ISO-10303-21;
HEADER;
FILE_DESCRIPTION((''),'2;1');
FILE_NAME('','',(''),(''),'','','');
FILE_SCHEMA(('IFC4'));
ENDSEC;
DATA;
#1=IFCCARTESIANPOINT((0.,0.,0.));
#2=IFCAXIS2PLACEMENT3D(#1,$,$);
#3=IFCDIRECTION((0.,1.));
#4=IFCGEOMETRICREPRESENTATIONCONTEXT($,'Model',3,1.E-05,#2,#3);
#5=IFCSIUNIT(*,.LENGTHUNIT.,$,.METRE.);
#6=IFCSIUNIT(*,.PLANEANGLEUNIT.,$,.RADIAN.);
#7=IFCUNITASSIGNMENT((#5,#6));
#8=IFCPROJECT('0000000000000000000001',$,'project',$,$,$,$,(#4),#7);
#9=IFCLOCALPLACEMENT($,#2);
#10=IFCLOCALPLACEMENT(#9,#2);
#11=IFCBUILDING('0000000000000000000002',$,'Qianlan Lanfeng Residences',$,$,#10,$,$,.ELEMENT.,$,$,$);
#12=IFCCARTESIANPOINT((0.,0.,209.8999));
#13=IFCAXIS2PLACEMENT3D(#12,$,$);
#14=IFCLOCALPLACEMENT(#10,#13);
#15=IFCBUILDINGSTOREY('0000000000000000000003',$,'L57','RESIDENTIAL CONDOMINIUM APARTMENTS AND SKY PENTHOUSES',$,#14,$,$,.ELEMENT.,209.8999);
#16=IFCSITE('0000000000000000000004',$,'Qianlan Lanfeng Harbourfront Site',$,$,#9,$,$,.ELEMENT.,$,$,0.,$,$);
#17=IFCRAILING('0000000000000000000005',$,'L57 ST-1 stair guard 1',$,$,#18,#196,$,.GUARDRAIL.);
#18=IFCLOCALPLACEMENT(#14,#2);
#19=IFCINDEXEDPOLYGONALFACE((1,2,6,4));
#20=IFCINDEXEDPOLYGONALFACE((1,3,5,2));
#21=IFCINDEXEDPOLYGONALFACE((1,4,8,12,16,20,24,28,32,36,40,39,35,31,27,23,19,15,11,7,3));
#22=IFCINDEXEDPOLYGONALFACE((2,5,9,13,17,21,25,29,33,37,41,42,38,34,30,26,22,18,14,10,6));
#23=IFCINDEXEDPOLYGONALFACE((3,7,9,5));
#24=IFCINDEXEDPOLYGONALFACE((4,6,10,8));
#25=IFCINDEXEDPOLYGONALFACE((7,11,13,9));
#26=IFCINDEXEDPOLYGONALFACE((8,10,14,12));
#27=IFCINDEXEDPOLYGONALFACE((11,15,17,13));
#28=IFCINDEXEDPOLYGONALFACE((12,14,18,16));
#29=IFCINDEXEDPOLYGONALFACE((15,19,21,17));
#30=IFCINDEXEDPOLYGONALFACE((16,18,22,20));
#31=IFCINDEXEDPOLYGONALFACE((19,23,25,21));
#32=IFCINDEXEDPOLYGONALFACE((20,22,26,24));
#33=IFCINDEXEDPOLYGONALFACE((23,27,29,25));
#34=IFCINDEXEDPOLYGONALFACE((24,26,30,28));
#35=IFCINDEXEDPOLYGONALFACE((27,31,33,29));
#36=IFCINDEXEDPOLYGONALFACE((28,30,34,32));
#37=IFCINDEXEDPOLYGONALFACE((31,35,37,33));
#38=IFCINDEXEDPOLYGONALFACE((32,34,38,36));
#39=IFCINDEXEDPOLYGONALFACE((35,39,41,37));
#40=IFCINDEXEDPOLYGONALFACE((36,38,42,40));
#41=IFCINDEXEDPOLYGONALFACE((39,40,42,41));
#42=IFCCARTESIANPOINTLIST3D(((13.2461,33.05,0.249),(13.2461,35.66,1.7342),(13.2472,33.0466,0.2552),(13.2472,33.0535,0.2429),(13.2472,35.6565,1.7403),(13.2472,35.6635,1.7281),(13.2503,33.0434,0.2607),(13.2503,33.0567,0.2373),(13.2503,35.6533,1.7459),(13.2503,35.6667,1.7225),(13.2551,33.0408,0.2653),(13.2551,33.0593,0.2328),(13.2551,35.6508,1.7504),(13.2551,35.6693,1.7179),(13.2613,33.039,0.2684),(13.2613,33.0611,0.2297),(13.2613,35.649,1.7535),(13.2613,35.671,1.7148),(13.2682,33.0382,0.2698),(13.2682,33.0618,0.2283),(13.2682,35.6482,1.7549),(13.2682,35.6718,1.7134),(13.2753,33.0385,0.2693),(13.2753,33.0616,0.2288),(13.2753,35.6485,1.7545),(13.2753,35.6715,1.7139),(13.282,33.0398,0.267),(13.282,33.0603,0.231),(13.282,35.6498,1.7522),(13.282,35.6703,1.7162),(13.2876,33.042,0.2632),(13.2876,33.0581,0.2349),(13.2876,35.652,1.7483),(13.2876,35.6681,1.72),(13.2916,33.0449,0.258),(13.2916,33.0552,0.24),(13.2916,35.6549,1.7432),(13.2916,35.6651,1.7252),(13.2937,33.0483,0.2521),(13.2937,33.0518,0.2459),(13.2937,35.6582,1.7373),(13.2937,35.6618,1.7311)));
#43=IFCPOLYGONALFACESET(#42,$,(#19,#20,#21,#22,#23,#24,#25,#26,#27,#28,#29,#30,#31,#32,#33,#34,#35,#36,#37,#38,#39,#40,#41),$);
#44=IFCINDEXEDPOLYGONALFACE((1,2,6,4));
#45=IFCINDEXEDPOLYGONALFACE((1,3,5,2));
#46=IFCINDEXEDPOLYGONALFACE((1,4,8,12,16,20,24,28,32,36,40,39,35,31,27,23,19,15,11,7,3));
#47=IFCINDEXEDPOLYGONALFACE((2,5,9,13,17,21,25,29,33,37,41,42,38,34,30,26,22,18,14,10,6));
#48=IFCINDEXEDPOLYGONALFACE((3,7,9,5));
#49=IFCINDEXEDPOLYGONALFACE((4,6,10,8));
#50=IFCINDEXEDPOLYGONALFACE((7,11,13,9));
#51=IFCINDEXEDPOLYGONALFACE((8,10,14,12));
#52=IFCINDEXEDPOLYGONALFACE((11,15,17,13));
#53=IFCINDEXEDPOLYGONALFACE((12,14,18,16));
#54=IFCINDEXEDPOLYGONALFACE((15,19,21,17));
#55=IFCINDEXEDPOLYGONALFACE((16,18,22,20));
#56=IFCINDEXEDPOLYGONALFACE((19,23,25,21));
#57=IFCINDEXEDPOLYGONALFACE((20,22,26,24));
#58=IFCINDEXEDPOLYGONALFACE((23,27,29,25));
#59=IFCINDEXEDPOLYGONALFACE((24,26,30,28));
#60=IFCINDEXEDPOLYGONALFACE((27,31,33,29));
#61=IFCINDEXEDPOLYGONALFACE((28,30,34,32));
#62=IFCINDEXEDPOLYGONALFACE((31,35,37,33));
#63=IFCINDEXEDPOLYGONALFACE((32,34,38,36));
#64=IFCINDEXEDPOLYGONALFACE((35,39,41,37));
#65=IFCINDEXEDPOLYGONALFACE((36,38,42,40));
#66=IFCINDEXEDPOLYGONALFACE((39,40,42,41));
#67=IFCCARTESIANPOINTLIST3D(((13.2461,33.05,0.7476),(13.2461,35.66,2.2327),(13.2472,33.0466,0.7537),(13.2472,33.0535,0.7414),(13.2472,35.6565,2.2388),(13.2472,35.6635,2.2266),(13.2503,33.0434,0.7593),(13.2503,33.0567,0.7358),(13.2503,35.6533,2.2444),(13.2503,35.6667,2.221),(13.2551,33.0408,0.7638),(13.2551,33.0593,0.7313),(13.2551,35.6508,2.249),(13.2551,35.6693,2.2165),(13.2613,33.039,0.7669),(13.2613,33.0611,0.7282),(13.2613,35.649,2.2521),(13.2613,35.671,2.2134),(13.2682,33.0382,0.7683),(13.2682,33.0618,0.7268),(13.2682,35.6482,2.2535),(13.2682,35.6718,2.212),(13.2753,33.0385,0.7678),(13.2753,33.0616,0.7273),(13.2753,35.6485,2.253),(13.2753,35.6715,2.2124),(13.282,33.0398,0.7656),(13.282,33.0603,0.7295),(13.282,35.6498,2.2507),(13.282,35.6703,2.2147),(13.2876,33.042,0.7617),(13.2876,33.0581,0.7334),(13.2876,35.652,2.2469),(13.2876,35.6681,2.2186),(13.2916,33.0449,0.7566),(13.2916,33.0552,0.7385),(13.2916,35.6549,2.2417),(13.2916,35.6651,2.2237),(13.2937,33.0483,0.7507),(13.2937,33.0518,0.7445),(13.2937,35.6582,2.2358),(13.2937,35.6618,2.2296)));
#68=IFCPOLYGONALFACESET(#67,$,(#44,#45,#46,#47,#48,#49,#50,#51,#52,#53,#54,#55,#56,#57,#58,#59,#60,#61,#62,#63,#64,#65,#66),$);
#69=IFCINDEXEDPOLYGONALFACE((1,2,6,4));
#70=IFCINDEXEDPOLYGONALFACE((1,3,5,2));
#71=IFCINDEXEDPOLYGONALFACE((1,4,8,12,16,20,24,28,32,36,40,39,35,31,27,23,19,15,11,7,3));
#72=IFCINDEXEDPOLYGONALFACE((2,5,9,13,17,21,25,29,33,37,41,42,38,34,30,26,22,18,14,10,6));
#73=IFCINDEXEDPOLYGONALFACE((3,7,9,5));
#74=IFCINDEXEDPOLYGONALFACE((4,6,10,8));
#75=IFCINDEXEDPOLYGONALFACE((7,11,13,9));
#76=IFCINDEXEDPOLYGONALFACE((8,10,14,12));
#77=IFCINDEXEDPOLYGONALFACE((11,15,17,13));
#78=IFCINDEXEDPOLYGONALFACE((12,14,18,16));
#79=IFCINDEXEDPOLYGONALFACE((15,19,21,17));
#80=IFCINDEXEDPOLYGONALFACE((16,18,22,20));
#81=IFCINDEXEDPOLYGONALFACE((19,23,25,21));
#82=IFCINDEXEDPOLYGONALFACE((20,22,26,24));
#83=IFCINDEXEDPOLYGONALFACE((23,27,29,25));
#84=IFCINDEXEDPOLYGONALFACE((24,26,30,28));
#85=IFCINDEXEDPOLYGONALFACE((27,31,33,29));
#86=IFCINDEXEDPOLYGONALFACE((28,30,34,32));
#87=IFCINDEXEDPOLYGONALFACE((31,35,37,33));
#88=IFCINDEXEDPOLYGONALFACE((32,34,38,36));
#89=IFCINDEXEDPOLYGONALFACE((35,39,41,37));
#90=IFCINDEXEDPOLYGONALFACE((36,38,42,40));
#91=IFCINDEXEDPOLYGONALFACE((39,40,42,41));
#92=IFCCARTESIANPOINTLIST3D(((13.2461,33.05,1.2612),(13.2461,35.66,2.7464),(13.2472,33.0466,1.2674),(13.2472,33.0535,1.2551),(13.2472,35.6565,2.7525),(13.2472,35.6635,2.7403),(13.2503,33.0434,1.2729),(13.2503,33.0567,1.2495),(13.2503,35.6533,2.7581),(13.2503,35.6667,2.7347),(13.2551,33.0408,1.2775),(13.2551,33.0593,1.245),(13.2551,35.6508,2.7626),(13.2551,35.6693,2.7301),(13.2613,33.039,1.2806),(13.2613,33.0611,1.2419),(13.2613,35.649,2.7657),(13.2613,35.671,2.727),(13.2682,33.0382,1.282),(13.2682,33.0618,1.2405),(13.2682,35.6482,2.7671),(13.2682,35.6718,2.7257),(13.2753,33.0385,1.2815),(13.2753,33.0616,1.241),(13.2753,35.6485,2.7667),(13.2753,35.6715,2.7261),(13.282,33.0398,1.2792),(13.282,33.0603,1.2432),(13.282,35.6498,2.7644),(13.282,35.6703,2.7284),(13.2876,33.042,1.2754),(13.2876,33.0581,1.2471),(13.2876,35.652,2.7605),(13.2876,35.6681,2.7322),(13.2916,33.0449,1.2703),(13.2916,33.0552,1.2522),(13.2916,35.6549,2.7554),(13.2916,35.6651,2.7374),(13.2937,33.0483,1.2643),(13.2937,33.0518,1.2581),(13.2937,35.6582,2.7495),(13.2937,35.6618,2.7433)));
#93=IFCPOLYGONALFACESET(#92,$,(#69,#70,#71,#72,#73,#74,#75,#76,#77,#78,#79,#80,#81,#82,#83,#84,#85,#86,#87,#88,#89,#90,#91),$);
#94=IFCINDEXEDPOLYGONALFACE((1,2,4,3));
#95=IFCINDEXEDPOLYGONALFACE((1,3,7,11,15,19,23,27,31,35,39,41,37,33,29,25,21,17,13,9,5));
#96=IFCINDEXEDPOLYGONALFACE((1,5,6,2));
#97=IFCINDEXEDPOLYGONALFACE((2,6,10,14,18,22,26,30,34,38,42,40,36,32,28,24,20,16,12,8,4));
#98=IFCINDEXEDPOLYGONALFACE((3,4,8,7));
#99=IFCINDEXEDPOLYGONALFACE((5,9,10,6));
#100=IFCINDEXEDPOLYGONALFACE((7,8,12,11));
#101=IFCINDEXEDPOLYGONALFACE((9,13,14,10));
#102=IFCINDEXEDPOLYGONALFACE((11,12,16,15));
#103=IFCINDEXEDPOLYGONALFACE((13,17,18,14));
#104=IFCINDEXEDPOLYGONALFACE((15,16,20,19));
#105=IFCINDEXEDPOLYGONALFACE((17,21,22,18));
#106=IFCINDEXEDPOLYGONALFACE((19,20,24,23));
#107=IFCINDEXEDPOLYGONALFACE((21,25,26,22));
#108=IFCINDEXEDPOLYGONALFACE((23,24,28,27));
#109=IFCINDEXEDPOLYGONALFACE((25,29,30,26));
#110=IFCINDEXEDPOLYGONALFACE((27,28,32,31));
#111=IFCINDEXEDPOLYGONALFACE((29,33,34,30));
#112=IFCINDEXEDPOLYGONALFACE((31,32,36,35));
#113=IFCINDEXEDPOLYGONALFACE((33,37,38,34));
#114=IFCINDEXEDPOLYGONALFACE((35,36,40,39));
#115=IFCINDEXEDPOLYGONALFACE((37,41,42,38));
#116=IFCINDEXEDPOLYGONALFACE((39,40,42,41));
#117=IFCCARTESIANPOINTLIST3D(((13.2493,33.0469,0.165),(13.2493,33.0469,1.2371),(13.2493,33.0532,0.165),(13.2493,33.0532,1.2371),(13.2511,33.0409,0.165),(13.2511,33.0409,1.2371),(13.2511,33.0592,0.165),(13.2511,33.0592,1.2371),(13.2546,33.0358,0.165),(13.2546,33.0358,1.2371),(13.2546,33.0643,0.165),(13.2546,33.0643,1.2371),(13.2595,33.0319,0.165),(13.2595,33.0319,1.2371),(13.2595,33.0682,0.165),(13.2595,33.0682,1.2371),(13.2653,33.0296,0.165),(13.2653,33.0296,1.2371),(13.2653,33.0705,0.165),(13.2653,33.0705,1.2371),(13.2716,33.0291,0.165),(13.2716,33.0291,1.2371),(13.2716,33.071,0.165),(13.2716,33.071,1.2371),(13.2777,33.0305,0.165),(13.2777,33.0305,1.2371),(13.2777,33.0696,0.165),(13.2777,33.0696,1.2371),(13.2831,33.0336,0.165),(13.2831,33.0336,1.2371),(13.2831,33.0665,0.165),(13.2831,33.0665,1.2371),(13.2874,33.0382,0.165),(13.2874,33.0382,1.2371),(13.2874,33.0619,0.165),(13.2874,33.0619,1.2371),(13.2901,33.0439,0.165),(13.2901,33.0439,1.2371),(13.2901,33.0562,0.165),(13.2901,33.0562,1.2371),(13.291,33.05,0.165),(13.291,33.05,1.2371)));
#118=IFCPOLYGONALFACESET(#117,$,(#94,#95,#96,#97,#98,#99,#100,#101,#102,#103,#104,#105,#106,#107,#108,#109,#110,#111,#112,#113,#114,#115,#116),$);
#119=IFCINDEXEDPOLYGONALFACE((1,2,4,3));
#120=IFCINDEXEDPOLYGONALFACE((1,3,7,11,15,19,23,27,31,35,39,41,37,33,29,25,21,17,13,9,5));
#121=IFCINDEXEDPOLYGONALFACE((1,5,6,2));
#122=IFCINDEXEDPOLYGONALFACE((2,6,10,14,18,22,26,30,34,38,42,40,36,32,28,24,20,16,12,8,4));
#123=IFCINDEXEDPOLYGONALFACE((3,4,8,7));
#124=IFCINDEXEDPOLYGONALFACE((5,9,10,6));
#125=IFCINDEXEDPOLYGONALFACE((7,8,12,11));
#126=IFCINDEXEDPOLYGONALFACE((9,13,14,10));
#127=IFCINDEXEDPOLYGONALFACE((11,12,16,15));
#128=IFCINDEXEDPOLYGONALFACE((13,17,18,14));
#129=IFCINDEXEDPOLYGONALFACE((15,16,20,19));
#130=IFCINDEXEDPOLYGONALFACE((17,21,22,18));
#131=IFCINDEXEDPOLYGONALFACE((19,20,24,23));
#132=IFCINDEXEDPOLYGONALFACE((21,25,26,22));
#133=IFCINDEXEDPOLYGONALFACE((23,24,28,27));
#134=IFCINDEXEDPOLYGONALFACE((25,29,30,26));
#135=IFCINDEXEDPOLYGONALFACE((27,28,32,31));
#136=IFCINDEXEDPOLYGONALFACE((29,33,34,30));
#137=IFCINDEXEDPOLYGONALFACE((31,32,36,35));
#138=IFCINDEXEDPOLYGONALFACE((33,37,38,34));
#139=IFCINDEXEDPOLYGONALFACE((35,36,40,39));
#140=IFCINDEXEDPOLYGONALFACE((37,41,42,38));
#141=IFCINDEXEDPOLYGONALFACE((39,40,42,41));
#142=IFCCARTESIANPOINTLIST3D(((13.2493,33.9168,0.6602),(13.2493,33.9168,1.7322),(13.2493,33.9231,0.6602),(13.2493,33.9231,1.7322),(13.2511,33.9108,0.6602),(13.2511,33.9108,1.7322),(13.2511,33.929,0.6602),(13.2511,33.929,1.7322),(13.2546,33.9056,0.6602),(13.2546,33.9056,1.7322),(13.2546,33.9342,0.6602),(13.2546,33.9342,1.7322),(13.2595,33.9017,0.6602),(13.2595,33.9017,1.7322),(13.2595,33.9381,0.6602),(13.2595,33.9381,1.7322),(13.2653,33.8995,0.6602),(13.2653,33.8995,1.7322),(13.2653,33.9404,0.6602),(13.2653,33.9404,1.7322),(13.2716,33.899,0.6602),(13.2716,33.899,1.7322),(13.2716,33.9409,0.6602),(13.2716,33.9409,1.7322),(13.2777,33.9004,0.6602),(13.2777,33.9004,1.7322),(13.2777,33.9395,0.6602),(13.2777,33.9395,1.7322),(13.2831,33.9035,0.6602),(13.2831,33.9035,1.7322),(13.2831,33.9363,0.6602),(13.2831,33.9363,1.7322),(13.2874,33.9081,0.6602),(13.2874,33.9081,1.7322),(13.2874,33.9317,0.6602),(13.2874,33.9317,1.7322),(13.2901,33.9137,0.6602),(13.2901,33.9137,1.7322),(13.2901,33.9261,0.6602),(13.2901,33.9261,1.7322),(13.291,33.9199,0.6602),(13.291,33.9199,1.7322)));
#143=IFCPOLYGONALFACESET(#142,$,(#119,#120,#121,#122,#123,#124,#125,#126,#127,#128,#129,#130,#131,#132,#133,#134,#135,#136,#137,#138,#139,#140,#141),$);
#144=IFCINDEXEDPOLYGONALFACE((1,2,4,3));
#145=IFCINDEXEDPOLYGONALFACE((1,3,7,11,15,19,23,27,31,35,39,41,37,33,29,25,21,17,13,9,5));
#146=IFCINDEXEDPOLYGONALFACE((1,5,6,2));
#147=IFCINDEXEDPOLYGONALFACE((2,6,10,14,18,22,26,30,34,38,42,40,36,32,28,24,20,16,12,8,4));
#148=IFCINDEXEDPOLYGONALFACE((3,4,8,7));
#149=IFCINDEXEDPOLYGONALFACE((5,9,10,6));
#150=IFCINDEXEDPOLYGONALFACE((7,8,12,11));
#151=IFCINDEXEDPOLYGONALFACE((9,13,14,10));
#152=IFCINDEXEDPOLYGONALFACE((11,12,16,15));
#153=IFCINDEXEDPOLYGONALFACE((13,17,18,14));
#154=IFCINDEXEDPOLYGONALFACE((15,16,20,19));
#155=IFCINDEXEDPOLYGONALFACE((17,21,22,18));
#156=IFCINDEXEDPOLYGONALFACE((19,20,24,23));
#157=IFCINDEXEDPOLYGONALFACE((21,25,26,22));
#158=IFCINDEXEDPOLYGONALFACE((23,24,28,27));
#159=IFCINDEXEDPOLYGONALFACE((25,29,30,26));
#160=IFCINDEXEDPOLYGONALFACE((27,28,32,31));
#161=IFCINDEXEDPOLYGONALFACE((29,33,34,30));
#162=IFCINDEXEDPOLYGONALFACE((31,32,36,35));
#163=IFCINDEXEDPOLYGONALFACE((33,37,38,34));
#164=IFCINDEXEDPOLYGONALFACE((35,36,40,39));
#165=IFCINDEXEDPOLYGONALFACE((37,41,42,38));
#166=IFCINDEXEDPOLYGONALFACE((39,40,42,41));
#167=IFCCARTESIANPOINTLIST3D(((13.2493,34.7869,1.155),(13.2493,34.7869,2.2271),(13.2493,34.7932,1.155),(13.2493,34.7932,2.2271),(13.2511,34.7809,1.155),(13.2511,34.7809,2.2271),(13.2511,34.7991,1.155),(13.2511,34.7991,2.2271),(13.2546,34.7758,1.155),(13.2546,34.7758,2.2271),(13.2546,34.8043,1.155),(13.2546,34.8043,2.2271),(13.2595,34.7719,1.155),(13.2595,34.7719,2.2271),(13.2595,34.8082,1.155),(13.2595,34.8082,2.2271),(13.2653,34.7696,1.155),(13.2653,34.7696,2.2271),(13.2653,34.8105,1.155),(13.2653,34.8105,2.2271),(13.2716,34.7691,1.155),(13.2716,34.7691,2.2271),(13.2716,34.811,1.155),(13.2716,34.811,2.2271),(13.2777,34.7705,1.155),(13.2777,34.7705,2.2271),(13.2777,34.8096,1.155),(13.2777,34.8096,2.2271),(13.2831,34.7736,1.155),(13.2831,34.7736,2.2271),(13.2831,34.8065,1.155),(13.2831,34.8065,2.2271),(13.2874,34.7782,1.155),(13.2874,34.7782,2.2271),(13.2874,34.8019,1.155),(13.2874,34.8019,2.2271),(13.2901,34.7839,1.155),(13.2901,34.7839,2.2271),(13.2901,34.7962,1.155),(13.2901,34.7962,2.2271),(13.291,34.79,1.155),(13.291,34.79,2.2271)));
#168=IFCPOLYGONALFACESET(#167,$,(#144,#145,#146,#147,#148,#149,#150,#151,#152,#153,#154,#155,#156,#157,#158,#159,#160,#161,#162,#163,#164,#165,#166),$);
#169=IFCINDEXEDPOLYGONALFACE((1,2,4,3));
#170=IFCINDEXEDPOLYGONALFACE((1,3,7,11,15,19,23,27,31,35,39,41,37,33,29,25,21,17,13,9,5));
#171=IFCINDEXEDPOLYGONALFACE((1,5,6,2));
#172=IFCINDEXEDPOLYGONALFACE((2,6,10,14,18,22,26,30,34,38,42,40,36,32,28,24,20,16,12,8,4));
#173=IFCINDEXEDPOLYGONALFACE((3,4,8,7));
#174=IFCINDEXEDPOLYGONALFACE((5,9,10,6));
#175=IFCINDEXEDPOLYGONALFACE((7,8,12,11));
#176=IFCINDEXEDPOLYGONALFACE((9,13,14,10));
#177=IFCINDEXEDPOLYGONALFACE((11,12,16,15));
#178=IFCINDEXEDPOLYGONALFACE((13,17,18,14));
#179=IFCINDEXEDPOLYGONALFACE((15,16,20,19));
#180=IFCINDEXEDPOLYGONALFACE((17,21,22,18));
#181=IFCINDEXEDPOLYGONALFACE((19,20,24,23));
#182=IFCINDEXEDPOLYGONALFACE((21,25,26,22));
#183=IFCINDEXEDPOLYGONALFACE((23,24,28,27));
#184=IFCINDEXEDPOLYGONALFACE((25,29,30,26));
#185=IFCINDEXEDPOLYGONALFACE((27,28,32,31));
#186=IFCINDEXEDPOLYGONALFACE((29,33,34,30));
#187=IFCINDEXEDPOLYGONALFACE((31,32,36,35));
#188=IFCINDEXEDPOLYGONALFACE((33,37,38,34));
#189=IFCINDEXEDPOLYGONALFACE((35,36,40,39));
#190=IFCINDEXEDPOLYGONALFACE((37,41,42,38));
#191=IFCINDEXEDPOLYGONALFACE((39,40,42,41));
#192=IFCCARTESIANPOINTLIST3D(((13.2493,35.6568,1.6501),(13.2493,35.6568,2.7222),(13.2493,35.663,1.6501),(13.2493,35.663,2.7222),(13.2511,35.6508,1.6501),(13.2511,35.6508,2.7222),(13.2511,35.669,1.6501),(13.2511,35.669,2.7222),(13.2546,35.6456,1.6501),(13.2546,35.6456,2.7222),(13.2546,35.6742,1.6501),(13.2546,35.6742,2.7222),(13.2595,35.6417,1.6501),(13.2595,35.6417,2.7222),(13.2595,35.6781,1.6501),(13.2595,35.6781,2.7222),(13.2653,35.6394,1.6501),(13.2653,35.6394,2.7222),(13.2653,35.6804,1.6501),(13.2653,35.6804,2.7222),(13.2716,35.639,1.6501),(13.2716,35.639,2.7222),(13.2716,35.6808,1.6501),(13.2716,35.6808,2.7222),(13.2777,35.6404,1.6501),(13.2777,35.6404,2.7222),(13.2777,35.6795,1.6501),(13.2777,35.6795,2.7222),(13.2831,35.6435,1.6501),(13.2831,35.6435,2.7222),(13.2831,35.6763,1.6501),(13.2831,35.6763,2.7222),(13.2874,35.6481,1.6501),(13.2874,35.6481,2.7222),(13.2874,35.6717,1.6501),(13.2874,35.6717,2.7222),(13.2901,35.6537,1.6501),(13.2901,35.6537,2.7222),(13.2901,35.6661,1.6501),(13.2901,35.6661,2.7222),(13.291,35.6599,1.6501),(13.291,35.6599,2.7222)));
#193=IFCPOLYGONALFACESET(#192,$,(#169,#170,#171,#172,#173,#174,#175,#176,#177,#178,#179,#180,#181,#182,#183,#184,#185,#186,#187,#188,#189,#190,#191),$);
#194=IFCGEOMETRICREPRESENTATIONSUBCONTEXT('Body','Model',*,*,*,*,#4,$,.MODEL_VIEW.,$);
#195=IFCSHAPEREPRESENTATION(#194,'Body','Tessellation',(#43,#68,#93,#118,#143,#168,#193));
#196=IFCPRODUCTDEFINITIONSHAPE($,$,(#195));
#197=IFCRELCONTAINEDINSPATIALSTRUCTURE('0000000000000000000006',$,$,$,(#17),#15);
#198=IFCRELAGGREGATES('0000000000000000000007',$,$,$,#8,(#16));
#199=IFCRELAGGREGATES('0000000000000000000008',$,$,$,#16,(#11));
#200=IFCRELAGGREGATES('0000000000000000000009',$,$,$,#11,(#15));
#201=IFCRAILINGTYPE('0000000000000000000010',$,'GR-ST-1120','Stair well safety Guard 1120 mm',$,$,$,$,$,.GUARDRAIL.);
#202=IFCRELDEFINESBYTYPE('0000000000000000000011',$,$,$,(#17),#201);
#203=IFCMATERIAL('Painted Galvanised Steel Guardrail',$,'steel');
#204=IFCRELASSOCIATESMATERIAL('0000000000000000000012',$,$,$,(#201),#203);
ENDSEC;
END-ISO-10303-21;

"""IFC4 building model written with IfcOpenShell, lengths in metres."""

from ifc_helpers import new_model, si_unit, direction, frame, origin, origin_2d, place, context, subcontext, project, spatial, circle, extrude, material, type_object, element, save


model = new_model("IFC4")

# Units and contexts
model_context = context("Model", 3, precision=1e-05, world=origin(), true_north=direction((0.0, 1.0)))
body_context = subcontext(model_context, "Body", "Model", "MODEL_VIEW")
ifc_project = project(units=[si_unit("LENGTHUNIT", "METRE"), si_unit("PLANEANGLEUNIT", "RADIAN")], contexts=[model_context])

# Site, building, storey
site_placement = place(None, origin())
site = spatial("IfcSite", under=ifc_project, at=site_placement, Name="Qianlan Lanfeng Harbourfront Site", CompositionType="ELEMENT", RefElevation=0.0)
building_placement = place(site_placement, origin())
building = spatial("IfcBuilding", under=site, at=building_placement, Name="Qianlan Lanfeng Residences", CompositionType="ELEMENT")
storey_placement = place(building_placement, frame((0.0, 0.0, 209.8999)))
storey = spatial("IfcBuildingStorey", under=building, at=storey_placement, Name="L57", Description="RESIDENTIAL CONDOMINIUM APARTMENTS AND SKY PENTHOUSES", CompositionType="ELEMENT", Elevation=209.8999)

# Railing
ifc_material_1 = material(Name="Painted Galvanised Steel Guardrail", Category="steel")
railing_type = type_object("IfcRailingType", Name="GR-ST-1120", Description="Stair well safety Guard 1120 mm", PredefinedType="GUARDRAIL", material=ifc_material_1)
railing_1_placement = place(storey_placement, frame((13.27, 33.05, 0.165)))
element("IfcRailing", 1, at=railing_1_placement, inside=storey, type_object=railing_type, Name="L57 ST-1 stair guard 1", PredefinedType="GUARDRAIL", context=body_context, shape_type="SweptSolid", body=[
    extrude(circle(Radius=0.0239, at=origin_2d()), frame((0.0, 0.0, 0.084), z_axis=(0.0, 0.869137, 0.494571), x_axis=(-1.0, 0.0, 0.0)), (0.0, 0.0, 1.0), 3.0029),
    extrude(circle(Radius=0.0239, at=origin_2d()), frame((0.0, 0.0, 0.5825), z_axis=(0.0, 0.869137, 0.494571), x_axis=(-1.0, 0.0, 0.0)), (0.0, 0.0, 1.0), 3.0029),
    extrude(circle(Radius=0.0239, at=origin_2d()), frame((0.0, 0.0, 1.0962), z_axis=(0.0, 0.869137, 0.494571), x_axis=(-1.0, 0.0, 0.0)), (0.0, 0.0, 1.0), 3.0029),
    extrude(circle(Radius=0.021, at=origin_2d()), origin(), (0.0, 0.0, 1.0), 1.072),
    extrude(circle(Radius=0.021, at=origin_2d()), frame((0.0, 0.8699, 0.4951)), (0.0, 0.0, 1.0), 1.072),
    extrude(circle(Radius=0.021, at=origin_2d()), frame((0.0, 1.74, 0.99)), (0.0, 0.0, 1.0), 1.072),
    extrude(circle(Radius=0.021, at=origin_2d()), frame((0.0, 2.6099, 1.4851)), (0.0, 0.0, 1.0), 1.072),
])

save(model, "model.ifc")
